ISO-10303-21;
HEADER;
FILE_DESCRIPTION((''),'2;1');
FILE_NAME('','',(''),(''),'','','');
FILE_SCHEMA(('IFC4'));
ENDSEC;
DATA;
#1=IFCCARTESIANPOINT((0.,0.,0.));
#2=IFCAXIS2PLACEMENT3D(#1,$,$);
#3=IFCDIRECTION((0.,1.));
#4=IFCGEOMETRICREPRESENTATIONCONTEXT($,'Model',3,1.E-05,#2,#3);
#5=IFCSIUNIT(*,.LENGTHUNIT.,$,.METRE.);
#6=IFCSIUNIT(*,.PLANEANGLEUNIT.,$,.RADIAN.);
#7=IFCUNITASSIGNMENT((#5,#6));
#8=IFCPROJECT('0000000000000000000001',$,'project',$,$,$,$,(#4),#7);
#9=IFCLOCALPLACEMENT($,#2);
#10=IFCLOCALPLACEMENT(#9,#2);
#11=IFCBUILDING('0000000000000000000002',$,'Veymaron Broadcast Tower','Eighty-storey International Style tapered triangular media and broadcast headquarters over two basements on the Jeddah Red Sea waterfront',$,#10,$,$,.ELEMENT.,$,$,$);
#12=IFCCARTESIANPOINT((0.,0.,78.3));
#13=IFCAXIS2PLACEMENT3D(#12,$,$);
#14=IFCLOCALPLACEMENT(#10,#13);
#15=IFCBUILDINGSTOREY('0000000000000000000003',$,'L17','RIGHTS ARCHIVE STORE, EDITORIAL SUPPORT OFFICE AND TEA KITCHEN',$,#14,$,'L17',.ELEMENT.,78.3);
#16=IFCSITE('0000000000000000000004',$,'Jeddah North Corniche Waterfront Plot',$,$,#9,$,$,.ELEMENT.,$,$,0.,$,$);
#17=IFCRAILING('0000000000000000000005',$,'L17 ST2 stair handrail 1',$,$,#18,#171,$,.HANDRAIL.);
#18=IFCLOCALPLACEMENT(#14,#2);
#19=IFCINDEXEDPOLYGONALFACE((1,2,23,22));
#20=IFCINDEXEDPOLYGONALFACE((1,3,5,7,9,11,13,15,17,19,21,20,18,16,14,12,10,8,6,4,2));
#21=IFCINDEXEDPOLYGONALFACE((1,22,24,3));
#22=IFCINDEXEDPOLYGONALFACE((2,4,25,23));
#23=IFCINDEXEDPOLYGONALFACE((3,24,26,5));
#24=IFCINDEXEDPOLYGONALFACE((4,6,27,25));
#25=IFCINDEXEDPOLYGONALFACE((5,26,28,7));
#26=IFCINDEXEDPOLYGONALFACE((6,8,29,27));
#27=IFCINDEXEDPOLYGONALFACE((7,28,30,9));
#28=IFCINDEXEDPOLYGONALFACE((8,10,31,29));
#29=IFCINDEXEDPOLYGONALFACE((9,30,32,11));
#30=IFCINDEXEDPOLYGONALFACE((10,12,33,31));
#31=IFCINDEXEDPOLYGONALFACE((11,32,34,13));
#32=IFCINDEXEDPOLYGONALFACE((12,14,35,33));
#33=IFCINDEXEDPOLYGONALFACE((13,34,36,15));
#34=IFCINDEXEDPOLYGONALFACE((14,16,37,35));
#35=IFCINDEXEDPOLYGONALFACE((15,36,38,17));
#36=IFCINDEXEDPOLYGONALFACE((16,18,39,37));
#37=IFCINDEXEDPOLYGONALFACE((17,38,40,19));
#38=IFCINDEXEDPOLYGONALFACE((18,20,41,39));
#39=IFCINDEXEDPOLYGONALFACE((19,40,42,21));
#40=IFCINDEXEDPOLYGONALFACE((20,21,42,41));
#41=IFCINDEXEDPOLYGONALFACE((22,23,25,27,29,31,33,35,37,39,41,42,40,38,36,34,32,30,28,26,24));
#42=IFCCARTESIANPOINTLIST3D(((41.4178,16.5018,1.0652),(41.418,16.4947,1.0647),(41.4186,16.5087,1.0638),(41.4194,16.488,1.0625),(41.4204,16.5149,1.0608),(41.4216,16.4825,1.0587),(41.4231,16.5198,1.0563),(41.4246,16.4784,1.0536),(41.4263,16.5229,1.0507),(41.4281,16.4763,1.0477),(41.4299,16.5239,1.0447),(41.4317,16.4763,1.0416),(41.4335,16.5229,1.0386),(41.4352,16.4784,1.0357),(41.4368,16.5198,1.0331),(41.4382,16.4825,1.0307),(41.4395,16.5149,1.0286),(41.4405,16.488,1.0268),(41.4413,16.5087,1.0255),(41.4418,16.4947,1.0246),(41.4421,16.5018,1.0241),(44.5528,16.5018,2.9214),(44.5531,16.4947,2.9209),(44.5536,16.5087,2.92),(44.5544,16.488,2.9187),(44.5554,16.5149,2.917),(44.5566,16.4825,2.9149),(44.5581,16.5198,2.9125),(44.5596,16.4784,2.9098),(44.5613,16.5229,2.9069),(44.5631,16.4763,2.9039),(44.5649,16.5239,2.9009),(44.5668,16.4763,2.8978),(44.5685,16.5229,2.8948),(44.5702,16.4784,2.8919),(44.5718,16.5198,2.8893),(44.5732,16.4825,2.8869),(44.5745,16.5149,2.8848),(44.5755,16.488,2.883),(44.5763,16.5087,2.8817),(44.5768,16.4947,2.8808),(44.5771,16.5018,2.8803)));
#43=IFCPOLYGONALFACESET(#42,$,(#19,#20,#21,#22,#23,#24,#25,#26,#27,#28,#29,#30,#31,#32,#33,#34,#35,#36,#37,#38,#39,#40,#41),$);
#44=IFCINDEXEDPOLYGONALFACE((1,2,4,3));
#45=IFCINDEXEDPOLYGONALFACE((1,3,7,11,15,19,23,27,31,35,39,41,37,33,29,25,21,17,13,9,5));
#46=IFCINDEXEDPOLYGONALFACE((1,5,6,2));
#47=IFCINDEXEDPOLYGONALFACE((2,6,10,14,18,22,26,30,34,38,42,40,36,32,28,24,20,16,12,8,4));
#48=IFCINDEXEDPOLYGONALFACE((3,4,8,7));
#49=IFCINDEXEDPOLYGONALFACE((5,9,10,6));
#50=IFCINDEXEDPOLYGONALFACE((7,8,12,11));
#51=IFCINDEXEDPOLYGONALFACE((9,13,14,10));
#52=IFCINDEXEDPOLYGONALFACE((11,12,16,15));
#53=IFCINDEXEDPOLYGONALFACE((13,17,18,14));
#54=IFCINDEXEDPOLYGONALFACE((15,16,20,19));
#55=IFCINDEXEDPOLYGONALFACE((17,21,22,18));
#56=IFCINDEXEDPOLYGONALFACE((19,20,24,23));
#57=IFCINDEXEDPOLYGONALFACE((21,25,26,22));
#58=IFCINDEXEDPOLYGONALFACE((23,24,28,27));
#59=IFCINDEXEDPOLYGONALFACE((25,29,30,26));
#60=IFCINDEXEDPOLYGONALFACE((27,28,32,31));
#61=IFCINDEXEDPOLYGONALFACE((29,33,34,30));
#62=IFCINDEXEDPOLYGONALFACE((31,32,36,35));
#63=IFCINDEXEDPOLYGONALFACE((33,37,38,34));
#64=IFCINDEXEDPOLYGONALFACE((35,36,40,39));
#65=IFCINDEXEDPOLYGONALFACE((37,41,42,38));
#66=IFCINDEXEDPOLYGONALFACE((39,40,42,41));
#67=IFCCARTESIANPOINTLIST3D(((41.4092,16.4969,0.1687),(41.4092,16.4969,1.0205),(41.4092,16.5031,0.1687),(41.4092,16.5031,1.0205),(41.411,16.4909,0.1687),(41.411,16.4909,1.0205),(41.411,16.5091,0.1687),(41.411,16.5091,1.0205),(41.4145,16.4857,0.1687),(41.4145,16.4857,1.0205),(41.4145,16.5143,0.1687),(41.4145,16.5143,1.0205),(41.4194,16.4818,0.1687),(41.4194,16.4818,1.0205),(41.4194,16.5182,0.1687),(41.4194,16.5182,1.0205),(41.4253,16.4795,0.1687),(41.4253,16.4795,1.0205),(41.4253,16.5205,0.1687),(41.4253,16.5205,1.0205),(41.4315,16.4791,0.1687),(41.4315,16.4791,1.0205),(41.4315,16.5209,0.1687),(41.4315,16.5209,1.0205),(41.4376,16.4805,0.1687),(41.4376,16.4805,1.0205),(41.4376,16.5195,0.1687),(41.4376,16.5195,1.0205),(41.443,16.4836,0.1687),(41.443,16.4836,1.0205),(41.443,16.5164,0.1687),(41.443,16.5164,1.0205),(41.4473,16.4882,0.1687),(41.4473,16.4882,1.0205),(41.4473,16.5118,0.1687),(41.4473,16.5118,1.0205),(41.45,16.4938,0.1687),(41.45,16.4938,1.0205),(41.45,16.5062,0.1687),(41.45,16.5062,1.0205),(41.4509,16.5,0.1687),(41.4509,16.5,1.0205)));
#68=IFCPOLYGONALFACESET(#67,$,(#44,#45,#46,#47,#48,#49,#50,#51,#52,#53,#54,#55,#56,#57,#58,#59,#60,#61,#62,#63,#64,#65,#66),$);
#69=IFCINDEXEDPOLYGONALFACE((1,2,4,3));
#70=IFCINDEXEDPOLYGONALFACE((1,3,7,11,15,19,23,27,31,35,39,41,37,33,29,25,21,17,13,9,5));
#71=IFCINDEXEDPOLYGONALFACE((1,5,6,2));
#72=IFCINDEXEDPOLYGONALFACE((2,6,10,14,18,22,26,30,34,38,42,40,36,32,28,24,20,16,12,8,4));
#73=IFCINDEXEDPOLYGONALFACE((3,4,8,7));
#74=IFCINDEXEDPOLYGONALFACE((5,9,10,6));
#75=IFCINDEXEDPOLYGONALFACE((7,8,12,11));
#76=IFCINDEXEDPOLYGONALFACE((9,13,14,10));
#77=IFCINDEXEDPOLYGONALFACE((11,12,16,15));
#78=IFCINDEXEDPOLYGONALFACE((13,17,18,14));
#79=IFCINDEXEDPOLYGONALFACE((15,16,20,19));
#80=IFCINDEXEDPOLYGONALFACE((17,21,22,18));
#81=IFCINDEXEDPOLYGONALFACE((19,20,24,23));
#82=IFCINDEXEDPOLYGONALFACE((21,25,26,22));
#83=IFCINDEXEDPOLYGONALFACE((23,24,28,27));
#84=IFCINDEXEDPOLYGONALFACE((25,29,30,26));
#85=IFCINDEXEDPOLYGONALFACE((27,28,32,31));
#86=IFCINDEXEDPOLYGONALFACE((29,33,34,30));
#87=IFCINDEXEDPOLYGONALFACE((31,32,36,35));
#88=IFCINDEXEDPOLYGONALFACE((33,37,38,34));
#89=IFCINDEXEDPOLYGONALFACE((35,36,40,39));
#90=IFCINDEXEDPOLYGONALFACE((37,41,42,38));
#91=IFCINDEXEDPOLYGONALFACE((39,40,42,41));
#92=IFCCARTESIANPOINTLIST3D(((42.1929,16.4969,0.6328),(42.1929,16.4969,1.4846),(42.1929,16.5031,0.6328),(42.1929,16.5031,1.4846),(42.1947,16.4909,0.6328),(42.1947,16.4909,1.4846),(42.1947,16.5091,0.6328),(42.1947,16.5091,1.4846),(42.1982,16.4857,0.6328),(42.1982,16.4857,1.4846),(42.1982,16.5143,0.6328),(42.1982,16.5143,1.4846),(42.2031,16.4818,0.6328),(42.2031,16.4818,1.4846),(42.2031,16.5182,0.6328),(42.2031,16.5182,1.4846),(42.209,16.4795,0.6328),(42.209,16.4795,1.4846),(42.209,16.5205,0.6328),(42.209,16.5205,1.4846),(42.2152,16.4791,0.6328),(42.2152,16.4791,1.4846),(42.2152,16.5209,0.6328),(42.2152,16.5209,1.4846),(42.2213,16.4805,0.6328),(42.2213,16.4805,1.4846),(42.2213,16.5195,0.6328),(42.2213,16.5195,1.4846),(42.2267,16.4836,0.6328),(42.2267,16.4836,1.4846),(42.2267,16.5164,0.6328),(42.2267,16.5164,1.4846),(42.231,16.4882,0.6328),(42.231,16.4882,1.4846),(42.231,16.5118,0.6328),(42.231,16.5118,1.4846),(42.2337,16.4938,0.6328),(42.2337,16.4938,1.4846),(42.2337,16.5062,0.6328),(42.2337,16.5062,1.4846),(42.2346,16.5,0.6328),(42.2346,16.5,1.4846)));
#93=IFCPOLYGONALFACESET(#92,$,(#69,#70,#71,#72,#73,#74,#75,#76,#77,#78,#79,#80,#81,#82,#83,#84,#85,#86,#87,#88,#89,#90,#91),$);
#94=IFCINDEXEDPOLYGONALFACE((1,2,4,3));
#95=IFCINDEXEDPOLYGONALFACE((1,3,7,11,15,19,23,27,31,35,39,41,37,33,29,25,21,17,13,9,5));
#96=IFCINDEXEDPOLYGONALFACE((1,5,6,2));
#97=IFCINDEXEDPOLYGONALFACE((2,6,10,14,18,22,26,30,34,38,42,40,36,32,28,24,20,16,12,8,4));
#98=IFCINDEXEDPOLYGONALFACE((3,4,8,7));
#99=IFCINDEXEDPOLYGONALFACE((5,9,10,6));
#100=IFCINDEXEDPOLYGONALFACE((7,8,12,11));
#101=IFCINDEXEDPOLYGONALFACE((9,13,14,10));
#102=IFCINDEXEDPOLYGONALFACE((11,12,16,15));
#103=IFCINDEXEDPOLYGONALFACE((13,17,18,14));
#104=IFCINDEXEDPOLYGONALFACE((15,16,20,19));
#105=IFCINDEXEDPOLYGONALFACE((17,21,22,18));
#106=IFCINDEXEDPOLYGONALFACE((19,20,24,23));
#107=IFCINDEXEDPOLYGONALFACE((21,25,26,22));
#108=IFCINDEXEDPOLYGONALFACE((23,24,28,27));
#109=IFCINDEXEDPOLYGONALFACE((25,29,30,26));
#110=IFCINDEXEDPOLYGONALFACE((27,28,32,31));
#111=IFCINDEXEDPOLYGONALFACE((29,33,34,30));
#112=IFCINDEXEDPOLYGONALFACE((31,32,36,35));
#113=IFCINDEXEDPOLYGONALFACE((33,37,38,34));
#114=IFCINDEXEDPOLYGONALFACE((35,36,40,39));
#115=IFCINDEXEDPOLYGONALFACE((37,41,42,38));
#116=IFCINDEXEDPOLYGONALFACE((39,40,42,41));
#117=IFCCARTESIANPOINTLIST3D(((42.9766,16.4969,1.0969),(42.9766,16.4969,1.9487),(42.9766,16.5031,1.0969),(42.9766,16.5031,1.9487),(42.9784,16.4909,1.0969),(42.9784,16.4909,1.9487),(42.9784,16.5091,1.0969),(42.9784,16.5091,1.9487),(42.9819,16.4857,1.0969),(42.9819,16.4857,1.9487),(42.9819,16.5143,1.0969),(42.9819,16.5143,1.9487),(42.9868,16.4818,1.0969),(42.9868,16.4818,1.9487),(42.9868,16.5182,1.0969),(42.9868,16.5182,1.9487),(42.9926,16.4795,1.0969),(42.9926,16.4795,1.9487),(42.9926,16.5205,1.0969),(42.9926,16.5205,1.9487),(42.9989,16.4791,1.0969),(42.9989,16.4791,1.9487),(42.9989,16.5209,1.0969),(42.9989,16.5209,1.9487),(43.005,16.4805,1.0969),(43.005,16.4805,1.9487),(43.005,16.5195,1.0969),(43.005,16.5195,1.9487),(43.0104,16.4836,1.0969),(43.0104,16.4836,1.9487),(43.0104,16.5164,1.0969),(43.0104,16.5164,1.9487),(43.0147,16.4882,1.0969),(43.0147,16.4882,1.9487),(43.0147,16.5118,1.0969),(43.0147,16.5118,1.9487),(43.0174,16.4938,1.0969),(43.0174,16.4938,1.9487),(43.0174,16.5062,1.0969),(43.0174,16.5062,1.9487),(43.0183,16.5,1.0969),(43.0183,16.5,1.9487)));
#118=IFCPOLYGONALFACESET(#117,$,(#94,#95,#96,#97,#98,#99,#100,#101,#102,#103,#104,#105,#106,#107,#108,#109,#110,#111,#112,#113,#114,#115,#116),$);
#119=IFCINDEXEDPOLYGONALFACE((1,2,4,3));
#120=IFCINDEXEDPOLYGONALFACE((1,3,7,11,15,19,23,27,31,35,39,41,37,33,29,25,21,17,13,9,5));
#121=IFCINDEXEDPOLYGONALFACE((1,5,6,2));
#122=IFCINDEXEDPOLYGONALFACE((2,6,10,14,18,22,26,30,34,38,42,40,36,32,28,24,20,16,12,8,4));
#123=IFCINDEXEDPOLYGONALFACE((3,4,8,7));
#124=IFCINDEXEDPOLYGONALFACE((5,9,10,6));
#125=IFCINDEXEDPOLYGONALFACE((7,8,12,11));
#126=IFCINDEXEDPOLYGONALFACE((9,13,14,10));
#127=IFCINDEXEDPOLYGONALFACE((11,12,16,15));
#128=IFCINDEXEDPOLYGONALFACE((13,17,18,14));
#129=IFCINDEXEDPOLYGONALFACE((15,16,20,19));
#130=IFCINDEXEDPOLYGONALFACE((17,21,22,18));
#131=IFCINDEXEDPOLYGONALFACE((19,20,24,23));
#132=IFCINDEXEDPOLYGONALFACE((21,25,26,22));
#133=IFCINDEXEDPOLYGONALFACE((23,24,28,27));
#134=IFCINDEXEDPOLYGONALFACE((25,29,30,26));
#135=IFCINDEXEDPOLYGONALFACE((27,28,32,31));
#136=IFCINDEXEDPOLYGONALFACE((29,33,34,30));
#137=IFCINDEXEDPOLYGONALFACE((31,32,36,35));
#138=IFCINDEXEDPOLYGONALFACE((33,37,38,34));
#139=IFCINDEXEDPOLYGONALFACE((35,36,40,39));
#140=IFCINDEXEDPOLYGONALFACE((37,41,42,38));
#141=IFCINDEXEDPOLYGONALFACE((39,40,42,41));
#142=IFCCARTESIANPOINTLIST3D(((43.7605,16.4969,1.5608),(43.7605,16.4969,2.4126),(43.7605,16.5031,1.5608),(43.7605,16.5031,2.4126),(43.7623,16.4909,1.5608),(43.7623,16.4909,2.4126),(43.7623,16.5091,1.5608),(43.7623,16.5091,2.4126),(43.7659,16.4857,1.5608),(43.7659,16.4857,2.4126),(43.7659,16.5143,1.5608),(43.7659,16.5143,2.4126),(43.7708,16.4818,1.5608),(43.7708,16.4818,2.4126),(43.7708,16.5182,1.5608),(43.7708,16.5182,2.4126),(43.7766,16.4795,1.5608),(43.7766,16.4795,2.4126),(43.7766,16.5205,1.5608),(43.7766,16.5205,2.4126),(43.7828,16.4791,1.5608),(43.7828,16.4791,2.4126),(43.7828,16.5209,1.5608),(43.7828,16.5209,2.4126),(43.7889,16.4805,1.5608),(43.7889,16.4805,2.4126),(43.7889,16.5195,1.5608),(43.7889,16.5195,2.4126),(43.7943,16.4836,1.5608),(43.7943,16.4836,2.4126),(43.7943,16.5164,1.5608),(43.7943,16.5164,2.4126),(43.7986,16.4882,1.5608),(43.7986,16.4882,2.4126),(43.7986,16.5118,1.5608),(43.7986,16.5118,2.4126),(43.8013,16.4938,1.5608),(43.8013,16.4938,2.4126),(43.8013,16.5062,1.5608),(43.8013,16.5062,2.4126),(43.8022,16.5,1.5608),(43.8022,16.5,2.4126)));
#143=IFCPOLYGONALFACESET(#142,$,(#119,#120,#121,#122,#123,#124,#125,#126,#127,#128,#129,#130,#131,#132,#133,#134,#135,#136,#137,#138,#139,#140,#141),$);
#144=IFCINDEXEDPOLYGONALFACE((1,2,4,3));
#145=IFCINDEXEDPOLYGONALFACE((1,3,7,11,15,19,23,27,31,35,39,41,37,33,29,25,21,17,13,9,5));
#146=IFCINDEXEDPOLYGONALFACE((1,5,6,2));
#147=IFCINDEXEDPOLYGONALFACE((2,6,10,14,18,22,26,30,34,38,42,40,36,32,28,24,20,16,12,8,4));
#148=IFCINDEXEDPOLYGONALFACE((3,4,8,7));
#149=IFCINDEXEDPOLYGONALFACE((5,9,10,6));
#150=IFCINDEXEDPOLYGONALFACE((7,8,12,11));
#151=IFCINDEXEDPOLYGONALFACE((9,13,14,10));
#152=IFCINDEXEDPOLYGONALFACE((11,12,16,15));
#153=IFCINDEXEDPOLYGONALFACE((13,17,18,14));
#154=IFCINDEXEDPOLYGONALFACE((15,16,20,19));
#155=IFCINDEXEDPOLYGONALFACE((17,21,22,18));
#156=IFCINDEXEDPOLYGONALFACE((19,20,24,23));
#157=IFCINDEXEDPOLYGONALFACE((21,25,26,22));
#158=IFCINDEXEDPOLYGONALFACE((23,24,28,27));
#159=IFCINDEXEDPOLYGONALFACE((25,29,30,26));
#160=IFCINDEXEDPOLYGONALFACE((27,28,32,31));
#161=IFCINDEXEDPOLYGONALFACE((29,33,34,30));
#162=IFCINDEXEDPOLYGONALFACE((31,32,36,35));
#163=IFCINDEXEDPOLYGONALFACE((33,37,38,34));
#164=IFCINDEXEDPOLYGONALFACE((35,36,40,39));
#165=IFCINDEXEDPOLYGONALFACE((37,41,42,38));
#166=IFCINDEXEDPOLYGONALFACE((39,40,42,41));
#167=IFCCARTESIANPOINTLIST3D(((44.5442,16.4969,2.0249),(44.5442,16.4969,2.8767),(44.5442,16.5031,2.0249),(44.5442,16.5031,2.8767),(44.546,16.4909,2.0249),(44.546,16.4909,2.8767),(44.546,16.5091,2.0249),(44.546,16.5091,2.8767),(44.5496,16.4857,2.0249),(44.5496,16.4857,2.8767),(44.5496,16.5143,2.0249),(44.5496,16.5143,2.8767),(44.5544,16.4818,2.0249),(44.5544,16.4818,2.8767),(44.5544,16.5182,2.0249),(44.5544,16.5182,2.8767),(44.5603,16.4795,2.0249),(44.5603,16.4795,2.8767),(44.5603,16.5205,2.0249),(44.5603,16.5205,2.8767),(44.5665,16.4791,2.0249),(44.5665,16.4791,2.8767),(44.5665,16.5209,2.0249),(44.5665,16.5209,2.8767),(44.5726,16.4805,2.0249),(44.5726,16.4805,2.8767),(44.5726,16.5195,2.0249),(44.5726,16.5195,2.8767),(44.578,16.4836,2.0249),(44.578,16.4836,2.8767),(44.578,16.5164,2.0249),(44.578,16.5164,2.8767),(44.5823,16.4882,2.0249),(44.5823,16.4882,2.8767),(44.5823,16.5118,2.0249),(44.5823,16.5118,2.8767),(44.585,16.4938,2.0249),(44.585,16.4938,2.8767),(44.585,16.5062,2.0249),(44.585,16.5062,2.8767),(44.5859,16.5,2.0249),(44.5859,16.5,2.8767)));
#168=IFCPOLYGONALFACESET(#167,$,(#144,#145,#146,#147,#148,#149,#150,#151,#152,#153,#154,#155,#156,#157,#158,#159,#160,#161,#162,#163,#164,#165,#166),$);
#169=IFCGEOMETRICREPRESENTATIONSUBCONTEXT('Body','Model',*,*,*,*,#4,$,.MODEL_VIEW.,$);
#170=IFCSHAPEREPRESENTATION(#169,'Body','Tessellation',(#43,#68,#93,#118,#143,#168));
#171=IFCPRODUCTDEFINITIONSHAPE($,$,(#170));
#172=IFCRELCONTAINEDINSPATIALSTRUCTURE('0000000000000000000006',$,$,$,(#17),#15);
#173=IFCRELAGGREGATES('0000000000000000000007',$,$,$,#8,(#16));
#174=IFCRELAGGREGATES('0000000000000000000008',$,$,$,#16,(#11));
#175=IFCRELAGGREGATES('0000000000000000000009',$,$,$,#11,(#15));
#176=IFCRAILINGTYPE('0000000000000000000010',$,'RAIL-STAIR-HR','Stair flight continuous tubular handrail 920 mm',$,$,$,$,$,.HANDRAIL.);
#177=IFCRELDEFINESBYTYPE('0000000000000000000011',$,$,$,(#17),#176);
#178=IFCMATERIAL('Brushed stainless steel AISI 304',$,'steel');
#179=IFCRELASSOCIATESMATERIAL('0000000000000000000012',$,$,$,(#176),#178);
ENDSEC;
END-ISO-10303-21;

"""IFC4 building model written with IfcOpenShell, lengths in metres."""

from ifc_helpers import new_model, si_unit, direction, frame, origin, origin_2d, place, context, subcontext, project, spatial, circle, extrude, material, type_object, element, save


model = new_model("IFC4")

# Units and contexts
model_context = context("Model", 3, precision=1e-05, world=origin(), true_north=direction((0.0, 1.0)))
body_context = subcontext(model_context, "Body", "Model", "MODEL_VIEW")
ifc_project = project(units=[si_unit("LENGTHUNIT", "METRE"), si_unit("PLANEANGLEUNIT", "RADIAN")], contexts=[model_context])

# Site, building, storey
site_placement = place(None, origin())
site = spatial("IfcSite", under=ifc_project, at=site_placement, Name="Jeddah North Corniche Waterfront Plot", CompositionType="ELEMENT", RefElevation=0.0)
building_placement = place(site_placement, origin())
building = spatial("IfcBuilding", under=site, at=building_placement, Name="Veymaron Broadcast Tower", Description="Eighty-storey International Style tapered triangular media and broadcast headquarters over two basements on the Jeddah Red Sea waterfront", CompositionType="ELEMENT")
storey_placement = place(building_placement, frame((0.0, 0.0, 78.3)))
storey = spatial("IfcBuildingStorey", under=building, at=storey_placement, Name="L17", Description="RIGHTS ARCHIVE STORE, EDITORIAL SUPPORT OFFICE AND TEA KITCHEN", LongName="L17", CompositionType="ELEMENT", Elevation=78.3)

# Railing
ifc_material_1 = material(Name="Brushed stainless steel AISI 304", Category="steel")
railing_type_1 = type_object("IfcRailingType", Name="RAIL-STAIR-HR", Description="Stair flight continuous tubular handrail 920 mm", PredefinedType="HANDRAIL", material=ifc_material_1)
railing_1_placement = place(storey_placement, frame((41.4299, 16.5, 0.1687)))
element("IfcRailing", 1, at=railing_1_placement, inside=storey, type_object=railing_type_1, Name="L17 ST2 stair handrail 1", PredefinedType="HANDRAIL", context=body_context, shape_type="SweptSolid", body=[
    extrude(circle(Radius=0.0239, at=origin_2d()), frame((0.0, 0.0, 0.876), z_axis=(0.860482, 0.0, 0.509481), x_axis=(0.0, 1.0, 0.0)), (0.0, 0.0, 1.0), 3.6433),
    extrude(circle(Radius=0.021, at=origin_2d()), origin(), (0.0, 0.0, 1.0), 0.8518),
    extrude(circle(Radius=0.021, at=origin_2d()), frame((0.7837, 0.0, 0.4641)), (0.0, 0.0, 1.0), 0.8518),
    extrude(circle(Radius=0.021, at=origin_2d()), frame((1.5674, 0.0, 0.9282)), (0.0, 0.0, 1.0), 0.8518),
    extrude(circle(Radius=0.021, at=origin_2d()), frame((2.3513, 0.0, 1.3921)), (0.0, 0.0, 1.0), 0.8518),
    extrude(circle(Radius=0.021, at=origin_2d()), frame((3.135, 0.0, 1.8562)), (0.0, 0.0, 1.0), 0.8518),
])

save(model, "model.ifc")
